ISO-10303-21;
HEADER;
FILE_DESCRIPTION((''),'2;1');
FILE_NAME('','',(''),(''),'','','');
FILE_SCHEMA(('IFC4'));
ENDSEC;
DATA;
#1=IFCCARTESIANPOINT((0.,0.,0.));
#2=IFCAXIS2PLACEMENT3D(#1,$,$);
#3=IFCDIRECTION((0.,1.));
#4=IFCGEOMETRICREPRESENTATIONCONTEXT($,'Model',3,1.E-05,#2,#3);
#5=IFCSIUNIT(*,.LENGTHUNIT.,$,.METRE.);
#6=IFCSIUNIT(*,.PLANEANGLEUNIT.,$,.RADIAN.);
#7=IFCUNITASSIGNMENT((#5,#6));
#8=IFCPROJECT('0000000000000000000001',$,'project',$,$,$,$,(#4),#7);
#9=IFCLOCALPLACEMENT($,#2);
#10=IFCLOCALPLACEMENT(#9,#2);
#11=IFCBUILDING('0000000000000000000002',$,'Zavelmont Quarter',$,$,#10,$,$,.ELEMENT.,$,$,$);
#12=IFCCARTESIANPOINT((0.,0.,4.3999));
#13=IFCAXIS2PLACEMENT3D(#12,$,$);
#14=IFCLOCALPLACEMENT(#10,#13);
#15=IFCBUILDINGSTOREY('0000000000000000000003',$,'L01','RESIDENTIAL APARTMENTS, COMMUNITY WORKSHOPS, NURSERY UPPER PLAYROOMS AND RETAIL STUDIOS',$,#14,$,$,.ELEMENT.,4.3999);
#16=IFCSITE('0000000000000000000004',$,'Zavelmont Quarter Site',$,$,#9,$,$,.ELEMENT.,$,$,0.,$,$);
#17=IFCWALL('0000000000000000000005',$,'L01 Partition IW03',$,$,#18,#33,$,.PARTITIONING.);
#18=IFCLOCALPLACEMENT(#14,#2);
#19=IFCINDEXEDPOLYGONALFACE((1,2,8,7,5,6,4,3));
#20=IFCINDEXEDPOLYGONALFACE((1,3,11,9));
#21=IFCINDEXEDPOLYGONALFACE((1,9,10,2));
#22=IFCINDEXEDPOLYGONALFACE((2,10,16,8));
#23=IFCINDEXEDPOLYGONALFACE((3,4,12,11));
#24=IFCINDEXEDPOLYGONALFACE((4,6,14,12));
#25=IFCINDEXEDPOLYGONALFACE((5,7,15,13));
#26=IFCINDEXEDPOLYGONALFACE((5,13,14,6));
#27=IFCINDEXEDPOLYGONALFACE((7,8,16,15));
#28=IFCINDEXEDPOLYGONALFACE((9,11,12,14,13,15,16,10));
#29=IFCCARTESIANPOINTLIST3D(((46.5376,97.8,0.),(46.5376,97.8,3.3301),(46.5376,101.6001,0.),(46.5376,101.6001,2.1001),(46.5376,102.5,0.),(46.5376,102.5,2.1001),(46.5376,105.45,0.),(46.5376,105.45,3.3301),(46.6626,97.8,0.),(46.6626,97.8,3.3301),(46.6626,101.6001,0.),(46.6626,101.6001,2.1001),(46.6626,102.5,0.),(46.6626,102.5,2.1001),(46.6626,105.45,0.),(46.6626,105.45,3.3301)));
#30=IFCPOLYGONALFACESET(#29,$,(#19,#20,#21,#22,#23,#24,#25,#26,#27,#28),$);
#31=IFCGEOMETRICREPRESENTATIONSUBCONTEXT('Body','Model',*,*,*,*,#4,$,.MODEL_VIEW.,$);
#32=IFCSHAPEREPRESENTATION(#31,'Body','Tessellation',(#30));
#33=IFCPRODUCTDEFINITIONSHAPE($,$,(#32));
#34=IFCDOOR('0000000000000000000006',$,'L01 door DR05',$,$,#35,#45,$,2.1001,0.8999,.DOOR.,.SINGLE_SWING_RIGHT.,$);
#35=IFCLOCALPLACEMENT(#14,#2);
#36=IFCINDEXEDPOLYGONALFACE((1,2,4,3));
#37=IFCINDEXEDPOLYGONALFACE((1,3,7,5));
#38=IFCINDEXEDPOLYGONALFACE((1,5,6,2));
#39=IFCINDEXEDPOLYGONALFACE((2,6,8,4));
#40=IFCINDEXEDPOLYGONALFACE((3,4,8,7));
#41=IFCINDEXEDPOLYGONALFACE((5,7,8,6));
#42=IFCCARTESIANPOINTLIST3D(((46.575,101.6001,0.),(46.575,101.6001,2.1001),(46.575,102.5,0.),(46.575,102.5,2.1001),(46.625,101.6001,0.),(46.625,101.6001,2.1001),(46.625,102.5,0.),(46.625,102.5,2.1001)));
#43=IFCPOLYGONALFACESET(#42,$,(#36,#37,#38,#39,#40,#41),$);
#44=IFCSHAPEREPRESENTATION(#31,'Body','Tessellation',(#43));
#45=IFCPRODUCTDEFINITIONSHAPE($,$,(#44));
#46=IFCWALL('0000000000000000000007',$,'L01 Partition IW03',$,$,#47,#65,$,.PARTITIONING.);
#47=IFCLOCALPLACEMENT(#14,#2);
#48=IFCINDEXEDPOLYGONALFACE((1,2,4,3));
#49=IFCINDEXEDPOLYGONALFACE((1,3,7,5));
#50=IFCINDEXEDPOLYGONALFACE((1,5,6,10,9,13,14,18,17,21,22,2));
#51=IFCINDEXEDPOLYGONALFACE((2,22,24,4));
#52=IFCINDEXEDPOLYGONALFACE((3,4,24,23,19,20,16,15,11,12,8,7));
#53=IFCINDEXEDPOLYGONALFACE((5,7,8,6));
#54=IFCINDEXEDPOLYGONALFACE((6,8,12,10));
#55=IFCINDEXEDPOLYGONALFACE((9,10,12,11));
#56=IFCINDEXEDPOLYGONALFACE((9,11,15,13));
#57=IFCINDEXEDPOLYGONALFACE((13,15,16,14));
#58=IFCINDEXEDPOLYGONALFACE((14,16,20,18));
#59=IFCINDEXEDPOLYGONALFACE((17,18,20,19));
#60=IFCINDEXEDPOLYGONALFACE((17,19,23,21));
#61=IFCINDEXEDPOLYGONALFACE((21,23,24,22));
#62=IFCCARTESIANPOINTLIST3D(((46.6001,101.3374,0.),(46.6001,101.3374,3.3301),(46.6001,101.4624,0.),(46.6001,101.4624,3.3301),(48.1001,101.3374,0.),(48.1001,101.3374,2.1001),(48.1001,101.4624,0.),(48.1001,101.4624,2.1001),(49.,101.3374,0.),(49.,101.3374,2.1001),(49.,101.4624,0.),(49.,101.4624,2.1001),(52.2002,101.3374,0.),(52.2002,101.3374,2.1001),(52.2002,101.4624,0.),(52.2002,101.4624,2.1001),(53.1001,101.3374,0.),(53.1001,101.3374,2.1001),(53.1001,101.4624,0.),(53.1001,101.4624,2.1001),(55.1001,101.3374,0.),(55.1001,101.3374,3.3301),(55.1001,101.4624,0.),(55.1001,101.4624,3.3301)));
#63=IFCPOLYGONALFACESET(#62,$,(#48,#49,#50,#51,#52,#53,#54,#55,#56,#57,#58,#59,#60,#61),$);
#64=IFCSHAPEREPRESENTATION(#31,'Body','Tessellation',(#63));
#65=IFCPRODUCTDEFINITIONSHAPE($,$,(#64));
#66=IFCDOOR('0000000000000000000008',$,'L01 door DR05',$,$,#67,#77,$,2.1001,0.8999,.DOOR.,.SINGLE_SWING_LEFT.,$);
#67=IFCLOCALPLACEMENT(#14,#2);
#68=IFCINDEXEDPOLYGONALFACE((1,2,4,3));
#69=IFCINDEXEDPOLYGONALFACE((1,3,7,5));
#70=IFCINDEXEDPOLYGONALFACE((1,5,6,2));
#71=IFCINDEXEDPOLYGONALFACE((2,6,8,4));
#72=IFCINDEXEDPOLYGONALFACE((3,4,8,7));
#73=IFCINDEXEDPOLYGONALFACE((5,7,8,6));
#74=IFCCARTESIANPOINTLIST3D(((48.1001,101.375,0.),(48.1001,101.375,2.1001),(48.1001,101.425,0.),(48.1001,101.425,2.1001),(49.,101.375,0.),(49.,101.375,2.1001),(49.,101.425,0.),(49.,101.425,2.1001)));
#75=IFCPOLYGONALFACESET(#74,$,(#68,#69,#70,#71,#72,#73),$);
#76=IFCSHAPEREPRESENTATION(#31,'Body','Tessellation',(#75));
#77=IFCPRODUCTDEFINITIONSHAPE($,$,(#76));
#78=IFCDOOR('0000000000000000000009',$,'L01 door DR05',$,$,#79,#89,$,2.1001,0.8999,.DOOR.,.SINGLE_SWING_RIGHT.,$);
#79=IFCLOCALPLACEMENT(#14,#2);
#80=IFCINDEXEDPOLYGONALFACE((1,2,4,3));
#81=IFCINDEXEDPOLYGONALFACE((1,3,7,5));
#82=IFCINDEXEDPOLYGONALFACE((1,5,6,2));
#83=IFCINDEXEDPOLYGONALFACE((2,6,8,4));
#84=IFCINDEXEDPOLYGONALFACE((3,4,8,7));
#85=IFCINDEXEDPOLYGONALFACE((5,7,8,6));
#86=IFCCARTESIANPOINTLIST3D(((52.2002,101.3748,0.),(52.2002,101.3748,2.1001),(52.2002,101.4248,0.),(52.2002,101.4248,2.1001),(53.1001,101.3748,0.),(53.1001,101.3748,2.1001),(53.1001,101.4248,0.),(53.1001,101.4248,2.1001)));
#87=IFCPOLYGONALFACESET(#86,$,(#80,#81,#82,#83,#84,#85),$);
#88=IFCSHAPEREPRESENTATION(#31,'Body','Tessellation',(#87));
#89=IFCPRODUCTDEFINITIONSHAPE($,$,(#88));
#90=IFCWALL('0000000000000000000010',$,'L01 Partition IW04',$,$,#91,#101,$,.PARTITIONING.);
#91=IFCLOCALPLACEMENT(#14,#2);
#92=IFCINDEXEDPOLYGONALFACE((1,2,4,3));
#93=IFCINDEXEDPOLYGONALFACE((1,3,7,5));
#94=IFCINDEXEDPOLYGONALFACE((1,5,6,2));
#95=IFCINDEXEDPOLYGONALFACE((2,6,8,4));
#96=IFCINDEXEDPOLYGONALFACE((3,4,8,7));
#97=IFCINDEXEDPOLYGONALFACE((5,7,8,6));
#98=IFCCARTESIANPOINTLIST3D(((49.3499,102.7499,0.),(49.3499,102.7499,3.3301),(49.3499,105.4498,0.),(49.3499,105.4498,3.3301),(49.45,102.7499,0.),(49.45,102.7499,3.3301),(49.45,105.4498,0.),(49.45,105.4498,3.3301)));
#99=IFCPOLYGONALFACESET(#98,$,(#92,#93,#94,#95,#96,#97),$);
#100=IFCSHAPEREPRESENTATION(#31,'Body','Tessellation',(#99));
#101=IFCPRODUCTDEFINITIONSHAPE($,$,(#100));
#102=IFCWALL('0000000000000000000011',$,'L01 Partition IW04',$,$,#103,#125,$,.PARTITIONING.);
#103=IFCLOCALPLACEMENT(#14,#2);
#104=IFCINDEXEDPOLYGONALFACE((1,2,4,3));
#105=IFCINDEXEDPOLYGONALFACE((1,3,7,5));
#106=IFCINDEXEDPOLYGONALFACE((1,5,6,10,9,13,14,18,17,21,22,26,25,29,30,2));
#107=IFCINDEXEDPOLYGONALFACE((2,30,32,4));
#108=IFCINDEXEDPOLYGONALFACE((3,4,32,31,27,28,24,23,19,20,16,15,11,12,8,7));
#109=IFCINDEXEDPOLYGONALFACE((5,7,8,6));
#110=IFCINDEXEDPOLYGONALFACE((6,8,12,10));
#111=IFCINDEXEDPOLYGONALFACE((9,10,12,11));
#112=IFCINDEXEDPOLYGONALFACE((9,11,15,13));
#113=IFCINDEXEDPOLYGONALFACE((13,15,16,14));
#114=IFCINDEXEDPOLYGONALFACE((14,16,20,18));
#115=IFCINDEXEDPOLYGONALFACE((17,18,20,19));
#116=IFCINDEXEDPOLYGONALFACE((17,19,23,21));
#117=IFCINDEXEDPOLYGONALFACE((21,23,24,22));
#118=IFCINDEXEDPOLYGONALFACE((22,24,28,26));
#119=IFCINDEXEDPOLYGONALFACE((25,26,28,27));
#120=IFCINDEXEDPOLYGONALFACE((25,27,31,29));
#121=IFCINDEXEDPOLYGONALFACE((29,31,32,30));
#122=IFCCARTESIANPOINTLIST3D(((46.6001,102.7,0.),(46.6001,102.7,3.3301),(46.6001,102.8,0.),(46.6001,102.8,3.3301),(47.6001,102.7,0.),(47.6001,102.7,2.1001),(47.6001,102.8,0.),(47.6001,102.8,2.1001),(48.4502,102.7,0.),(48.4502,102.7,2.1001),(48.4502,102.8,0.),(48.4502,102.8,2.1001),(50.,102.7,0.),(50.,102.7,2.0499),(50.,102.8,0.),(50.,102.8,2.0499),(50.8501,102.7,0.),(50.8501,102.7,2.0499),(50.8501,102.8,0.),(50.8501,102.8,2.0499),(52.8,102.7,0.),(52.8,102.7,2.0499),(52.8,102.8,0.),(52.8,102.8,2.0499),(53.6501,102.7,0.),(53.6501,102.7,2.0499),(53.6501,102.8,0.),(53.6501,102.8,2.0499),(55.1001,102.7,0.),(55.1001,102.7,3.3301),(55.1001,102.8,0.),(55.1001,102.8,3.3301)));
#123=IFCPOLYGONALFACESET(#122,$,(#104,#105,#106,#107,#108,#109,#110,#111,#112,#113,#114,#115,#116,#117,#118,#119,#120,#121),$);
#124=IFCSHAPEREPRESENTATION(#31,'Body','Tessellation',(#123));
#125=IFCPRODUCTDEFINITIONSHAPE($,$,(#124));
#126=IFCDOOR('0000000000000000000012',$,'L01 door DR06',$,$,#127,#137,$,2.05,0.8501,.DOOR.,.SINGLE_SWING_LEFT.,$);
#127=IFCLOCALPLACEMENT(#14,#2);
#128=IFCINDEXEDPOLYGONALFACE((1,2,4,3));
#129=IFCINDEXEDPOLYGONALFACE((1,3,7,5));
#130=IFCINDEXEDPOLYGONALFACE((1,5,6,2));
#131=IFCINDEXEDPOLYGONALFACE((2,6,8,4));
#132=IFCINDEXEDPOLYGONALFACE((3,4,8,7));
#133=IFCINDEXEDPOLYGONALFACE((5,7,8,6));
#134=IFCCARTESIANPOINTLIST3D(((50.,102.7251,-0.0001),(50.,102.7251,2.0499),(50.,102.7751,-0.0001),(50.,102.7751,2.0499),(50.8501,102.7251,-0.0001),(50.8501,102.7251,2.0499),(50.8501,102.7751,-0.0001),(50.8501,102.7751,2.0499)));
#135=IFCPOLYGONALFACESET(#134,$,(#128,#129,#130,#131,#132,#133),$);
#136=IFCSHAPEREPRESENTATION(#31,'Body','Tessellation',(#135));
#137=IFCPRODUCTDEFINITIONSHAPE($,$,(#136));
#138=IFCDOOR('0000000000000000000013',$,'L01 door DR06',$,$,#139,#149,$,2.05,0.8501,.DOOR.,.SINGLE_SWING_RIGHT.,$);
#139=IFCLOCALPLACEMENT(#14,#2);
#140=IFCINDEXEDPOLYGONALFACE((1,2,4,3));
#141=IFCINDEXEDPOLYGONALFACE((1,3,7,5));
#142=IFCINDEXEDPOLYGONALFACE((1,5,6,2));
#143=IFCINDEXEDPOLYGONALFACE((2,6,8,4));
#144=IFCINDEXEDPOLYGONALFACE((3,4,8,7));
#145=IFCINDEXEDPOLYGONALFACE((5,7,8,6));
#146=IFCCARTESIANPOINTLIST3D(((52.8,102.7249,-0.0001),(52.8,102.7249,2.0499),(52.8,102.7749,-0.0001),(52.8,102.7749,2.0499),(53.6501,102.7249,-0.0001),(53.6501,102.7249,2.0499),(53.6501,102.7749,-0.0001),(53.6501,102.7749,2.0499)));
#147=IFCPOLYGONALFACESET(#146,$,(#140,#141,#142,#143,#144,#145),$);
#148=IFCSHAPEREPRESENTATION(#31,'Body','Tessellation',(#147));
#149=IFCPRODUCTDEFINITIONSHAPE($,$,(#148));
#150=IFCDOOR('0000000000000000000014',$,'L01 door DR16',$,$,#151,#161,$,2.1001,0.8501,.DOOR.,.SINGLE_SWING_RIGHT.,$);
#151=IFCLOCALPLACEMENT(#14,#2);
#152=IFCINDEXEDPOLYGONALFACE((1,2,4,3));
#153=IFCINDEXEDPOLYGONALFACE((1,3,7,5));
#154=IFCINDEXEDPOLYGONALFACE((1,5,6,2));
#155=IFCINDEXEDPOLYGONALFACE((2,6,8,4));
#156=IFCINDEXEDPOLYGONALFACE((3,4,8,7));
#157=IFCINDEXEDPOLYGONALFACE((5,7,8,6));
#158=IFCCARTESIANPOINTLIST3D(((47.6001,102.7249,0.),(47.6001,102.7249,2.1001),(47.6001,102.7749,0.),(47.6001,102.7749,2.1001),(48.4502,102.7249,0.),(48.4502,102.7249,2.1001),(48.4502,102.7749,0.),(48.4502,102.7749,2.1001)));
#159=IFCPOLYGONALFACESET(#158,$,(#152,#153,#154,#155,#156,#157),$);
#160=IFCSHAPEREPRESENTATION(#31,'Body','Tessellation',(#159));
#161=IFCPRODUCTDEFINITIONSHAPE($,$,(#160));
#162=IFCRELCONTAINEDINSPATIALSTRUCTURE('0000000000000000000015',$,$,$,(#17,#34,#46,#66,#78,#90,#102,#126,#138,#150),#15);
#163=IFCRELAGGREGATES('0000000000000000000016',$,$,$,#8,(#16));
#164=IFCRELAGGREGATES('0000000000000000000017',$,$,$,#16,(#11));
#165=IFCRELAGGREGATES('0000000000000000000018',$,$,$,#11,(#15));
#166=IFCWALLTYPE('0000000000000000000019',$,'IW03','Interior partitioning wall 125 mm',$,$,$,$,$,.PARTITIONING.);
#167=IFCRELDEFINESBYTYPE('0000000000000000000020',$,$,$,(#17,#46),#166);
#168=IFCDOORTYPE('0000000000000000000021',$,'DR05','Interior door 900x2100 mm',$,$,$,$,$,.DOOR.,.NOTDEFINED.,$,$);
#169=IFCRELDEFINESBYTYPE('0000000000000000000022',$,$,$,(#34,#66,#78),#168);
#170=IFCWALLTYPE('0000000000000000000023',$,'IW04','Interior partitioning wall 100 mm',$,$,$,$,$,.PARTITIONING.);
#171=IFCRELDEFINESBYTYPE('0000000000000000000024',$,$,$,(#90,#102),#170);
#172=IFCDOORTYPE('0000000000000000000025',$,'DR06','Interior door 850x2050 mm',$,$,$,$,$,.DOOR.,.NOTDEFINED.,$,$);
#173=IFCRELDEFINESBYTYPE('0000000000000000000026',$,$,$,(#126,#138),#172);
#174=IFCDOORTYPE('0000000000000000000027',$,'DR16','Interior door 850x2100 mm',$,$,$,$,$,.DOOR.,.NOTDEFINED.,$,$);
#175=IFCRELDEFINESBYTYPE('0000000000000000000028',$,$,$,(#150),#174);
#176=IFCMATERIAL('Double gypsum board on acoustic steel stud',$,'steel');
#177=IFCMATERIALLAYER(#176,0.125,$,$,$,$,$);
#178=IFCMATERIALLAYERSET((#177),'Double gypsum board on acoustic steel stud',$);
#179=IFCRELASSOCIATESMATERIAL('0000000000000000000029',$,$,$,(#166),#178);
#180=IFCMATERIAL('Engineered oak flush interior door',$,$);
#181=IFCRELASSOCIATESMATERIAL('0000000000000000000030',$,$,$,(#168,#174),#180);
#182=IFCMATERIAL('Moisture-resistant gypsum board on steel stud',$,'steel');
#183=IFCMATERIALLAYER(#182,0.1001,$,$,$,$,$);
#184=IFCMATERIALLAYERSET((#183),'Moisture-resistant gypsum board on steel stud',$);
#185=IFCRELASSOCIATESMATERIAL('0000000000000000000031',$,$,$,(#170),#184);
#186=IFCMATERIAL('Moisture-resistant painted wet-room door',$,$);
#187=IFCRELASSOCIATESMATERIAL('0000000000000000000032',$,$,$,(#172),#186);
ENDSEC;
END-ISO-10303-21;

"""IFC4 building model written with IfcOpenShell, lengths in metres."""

from ifc_helpers import new_model, si_unit, direction, frame, frame_2d, origin, origin_with_axes, place, context, subcontext, project, spatial, rectangle, extrude, material, layer, layer_set, type_object, element, fill, save


model = new_model("IFC4")

# Units and contexts
model_context = context("Model", 3, precision=1e-05, world=origin(), true_north=direction((0.0, 1.0)))
body_context = subcontext(model_context, "Body", "Model", "MODEL_VIEW")
ifc_project = project(units=[si_unit("LENGTHUNIT", "METRE"), si_unit("PLANEANGLEUNIT", "RADIAN")], contexts=[model_context])

# Site, building, storey
site_placement = place(None, origin())
site = spatial("IfcSite", under=ifc_project, at=site_placement, Name="Zavelmont Quarter Site", CompositionType="ELEMENT", RefElevation=0.0)
building_placement = place(site_placement, origin())
building = spatial("IfcBuilding", under=site, at=building_placement, Name="Zavelmont Quarter", CompositionType="ELEMENT")
storey_placement = place(building_placement, frame((0.0, 0.0, 4.3999)))
storey = spatial("IfcBuildingStorey", under=building, at=storey_placement, Name="L01", Description="RESIDENTIAL APARTMENTS, COMMUNITY WORKSHOPS, NURSERY UPPER PLAYROOMS AND RETAIL STUDIOS", CompositionType="ELEMENT", Elevation=4.3999)

# Wall, opening, door
ifc_material_1 = material(Name="Double gypsum board on acoustic steel stud", Category="steel")
ifc_layer_1 = layer(ifc_material_1, 0.125)
ifc_layer_set_1 = layer_set([ifc_layer_1], Name="Double gypsum board on acoustic steel stud")
wall_type_1 = type_object("IfcWallType", Name="IW03", Description="Interior partitioning wall 125 mm", PredefinedType="PARTITIONING", material=ifc_layer_set_1)
wall_1_placement = place(storey_placement, frame((46.6001, 105.45, 0.0), z_axis=(0.0, 0.0, 1.0), x_axis=(0.0, -1.0, 0.0)))
wall_1 = element("IfcWall", 1, at=wall_1_placement, inside=storey, type_object=wall_type_1, Name="L01 Partition IW03", PredefinedType="PARTITIONING", context=body_context, shape_type="SweptSolid", body=[
    extrude(rectangle(XDim=7.6499, YDim=0.125, at=frame_2d((3.825, 0.0))), origin(), (0.0, 0.0, 1.0), 3.3301),
])
opening_1_placement = place(wall_1_placement, frame((2.95, 0.0, 0.0)))
opening_1 = element("IfcOpeningElement", 2, at=opening_1_placement, cuts=wall_1, PredefinedType="OPENING", context=body_context, shape_type="SweptSolid", body=[
    extrude(rectangle(XDim=0.8999, YDim=2.1001, at=frame_2d((0.45, 1.05))), frame((0.0, 0.0745, 0.0), z_axis=(0.0, -1.0, 0.0), x_axis=(1.0, 0.0, 0.0)), (0.0, 0.0, 1.0), 0.1489),
])
ifc_material_2 = material(Name="Engineered oak flush interior door")
door_type_1 = type_object("IfcDoorType", Name="DR05", Description="Interior door 900x2100 mm", OperationType="NOTDEFINED", PredefinedType="DOOR", material=ifc_material_2)
door_1_placement = place(opening_1_placement, origin_with_axes())
door_1 = element("IfcDoor", 3, at=door_1_placement, inside=storey, type_object=door_type_1, Name="L01 door DR05", OperationType="SINGLE_SWING_RIGHT", OverallHeight=2.1001, OverallWidth=0.8999, PredefinedType="DOOR", context=body_context, shape_type="SweptSolid", body=[
    extrude(rectangle(XDim=0.8999, YDim=2.1001, at=frame_2d((0.45, 1.05))), frame((0.0, 0.0249, 0.0), z_axis=(0.0, -1.0, 0.0), x_axis=(1.0, 0.0, 0.0)), (0.0, 0.0, 1.0), 0.05),
])
fill(opening_1, door_1)

# Wall, openings, doors
wall_2_placement = place(storey_placement, frame((46.6001, 101.3999, 0.0), z_axis=(0.0, 0.0, 1.0), x_axis=(1.0, 0.0, 0.0)))
wall_2 = element("IfcWall", 4, at=wall_2_placement, inside=storey, type_object=wall_type_1, Name="L01 Partition IW03", PredefinedType="PARTITIONING", context=body_context, shape_type="SweptSolid", body=[
    extrude(rectangle(XDim=8.5, YDim=0.125, at=frame_2d((4.25, 0.0))), origin(), (0.0, 0.0, 1.0), 3.3301),
])
opening_2_placement = place(wall_2_placement, frame((1.5, 0.0, 0.0)))
opening_2 = element("IfcOpeningElement", 5, at=opening_2_placement, cuts=wall_2, PredefinedType="OPENING", context=body_context, shape_type="SweptSolid", body=[
    extrude(rectangle(XDim=0.8999, YDim=2.1001, at=frame_2d((0.45, 1.05))), frame((0.0, 0.0745, 0.0), z_axis=(0.0, -1.0, 0.0), x_axis=(1.0, 0.0, 0.0)), (0.0, 0.0, 1.0), 0.1489),
])
opening_3_placement = place(wall_2_placement, frame((5.6001, 0.0, 0.0)))
opening_3 = element("IfcOpeningElement", 6, at=opening_3_placement, cuts=wall_2, PredefinedType="OPENING", context=body_context, shape_type="SweptSolid", body=[
    extrude(rectangle(XDim=0.8999, YDim=2.1001, at=frame_2d((0.45, 1.05))), frame((0.0, 0.0745, 0.0), z_axis=(0.0, -1.0, 0.0), x_axis=(1.0, 0.0, 0.0)), (0.0, 0.0, 1.0), 0.1489),
])
door_2_placement = place(opening_2_placement, frame((0.8999, 0.0, 0.0), z_axis=(0.0, 0.0, 1.0), x_axis=(-1.0, 0.0, 0.0)))
door_2 = element("IfcDoor", 7, at=door_2_placement, inside=storey, type_object=door_type_1, Name="L01 door DR05", OperationType="SINGLE_SWING_LEFT", OverallHeight=2.1001, OverallWidth=0.8999, PredefinedType="DOOR", context=body_context, shape_type="SweptSolid", body=[
    extrude(rectangle(XDim=0.8999, YDim=2.1001, at=frame_2d((0.45, 1.05))), frame((0.0, 0.0249, 0.0), z_axis=(0.0, -1.0, 0.0), x_axis=(1.0, 0.0, 0.0)), (0.0, 0.0, 1.0), 0.05),
])
fill(opening_2, door_2)
door_3_placement = place(opening_3_placement, origin_with_axes())
door_3 = element("IfcDoor", 8, at=door_3_placement, inside=storey, type_object=door_type_1, Name="L01 door DR05", OperationType="SINGLE_SWING_RIGHT", OverallHeight=2.1001, OverallWidth=0.8999, PredefinedType="DOOR", context=body_context, shape_type="SweptSolid", body=[
    extrude(rectangle(XDim=0.8999, YDim=2.1001, at=frame_2d((0.45, 1.05))), frame((0.0, 0.0249, 0.0), z_axis=(0.0, -1.0, 0.0), x_axis=(1.0, 0.0, 0.0)), (0.0, 0.0, 1.0), 0.05),
])
fill(opening_3, door_3)

# Wall
ifc_material_3 = material(Name="Moisture-resistant gypsum board on steel stud", Category="steel")
ifc_layer_2 = layer(ifc_material_3, 0.1001)
ifc_layer_set_2 = layer_set([ifc_layer_2], Name="Moisture-resistant gypsum board on steel stud")
wall_type_2 = type_object("IfcWallType", Name="IW04", Description="Interior partitioning wall 100 mm", PredefinedType="PARTITIONING", material=ifc_layer_set_2)
wall_3_placement = place(storey_placement, frame((49.3999, 105.45, 0.0), z_axis=(0.0, 0.0, 1.0), x_axis=(0.0, -1.0, 0.0)))
element("IfcWall", 9, at=wall_3_placement, inside=storey, type_object=wall_type_2, Name="L01 Partition IW04", PredefinedType="PARTITIONING", context=body_context, shape_type="SweptSolid", body=[
    extrude(rectangle(XDim=2.7, YDim=0.1001, at=frame_2d((1.3501, 0.0))), origin(), (0.0, 0.0, 1.0), 3.3301),
])

# Wall, openings, doors
wall_4_placement = place(storey_placement, frame((46.6001, 102.75, 0.0), z_axis=(0.0, 0.0, 1.0), x_axis=(1.0, 0.0, 0.0)))
wall_4 = element("IfcWall", 10, at=wall_4_placement, inside=storey, type_object=wall_type_2, Name="L01 Partition IW04", PredefinedType="PARTITIONING", context=body_context, shape_type="SweptSolid", body=[
    extrude(rectangle(XDim=8.5, YDim=0.1001, at=frame_2d((4.25, 0.0))), origin(), (0.0, 0.0, 1.0), 3.3301),
])
opening_4_placement = place(wall_4_placement, frame((1.0, 0.0, 0.0)))
opening_4 = element("IfcOpeningElement", 11, at=opening_4_placement, cuts=wall_4, PredefinedType="OPENING", context=body_context, shape_type="SweptSolid", body=[
    extrude(rectangle(XDim=0.8501, YDim=2.1001, at=frame_2d((0.425, 1.05))), frame((0.0, 0.062, 0.0), z_axis=(0.0, -1.0, 0.0), x_axis=(1.0, 0.0, 0.0)), (0.0, 0.0, 1.0), 0.124),
])
opening_5_placement = place(wall_4_placement, frame((3.3999, 0.0, 0.0)))
opening_5 = element("IfcOpeningElement", 12, at=opening_5_placement, cuts=wall_4, PredefinedType="OPENING", context=body_context, shape_type="SweptSolid", body=[
    extrude(rectangle(XDim=0.8501, YDim=2.05, at=frame_2d((0.425, 1.0249))), frame((0.0, 0.062, 0.0), z_axis=(0.0, -1.0, 0.0), x_axis=(1.0, 0.0, 0.0)), (0.0, 0.0, 1.0), 0.124),
])
opening_6_placement = place(wall_4_placement, frame((6.2, 0.0, 0.0)))
opening_6 = element("IfcOpeningElement", 13, at=opening_6_placement, cuts=wall_4, PredefinedType="OPENING", context=body_context, shape_type="SweptSolid", body=[
    extrude(rectangle(XDim=0.8501, YDim=2.05, at=frame_2d((0.425, 1.0249))), frame((0.0, 0.062, 0.0), z_axis=(0.0, -1.0, 0.0), x_axis=(1.0, 0.0, 0.0)), (0.0, 0.0, 1.0), 0.124),
])
ifc_material_4 = material(Name="Moisture-resistant painted wet-room door")
door_type_2 = type_object("IfcDoorType", Name="DR06", Description="Interior door 850x2050 mm", OperationType="NOTDEFINED", PredefinedType="DOOR", material=ifc_material_4)
door_4_placement = place(opening_5_placement, frame((0.8501, 0.0, 0.0), z_axis=(0.0, 0.0, 1.0), x_axis=(-1.0, 0.0, 0.0)))
door_4 = element("IfcDoor", 14, at=door_4_placement, inside=storey, type_object=door_type_2, Name="L01 door DR06", OperationType="SINGLE_SWING_LEFT", OverallHeight=2.05, OverallWidth=0.8501, PredefinedType="DOOR", context=body_context, shape_type="SweptSolid", body=[
    extrude(rectangle(XDim=0.8501, YDim=2.05, at=frame_2d((0.425, 1.0249))), frame((0.0, 0.0249, 0.0), z_axis=(0.0, -1.0, 0.0), x_axis=(1.0, 0.0, 0.0)), (0.0, 0.0, 1.0), 0.05),
])
fill(opening_5, door_4)
door_5_placement = place(opening_6_placement, origin_with_axes())
door_5 = element("IfcDoor", 15, at=door_5_placement, inside=storey, type_object=door_type_2, Name="L01 door DR06", OperationType="SINGLE_SWING_RIGHT", OverallHeight=2.05, OverallWidth=0.8501, PredefinedType="DOOR", context=body_context, shape_type="SweptSolid", body=[
    extrude(rectangle(XDim=0.8501, YDim=2.05, at=frame_2d((0.425, 1.0249))), frame((0.0, 0.0249, 0.0), z_axis=(0.0, -1.0, 0.0), x_axis=(1.0, 0.0, 0.0)), (0.0, 0.0, 1.0), 0.05),
])
fill(opening_6, door_5)
door_type_3 = type_object("IfcDoorType", Name="DR16", Description="Interior door 850x2100 mm", OperationType="NOTDEFINED", PredefinedType="DOOR", material=ifc_material_2)
door_6_placement = place(opening_4_placement, origin_with_axes())
door_6 = element("IfcDoor", 16, at=door_6_placement, inside=storey, type_object=door_type_3, Name="L01 door DR16", OperationType="SINGLE_SWING_RIGHT", OverallHeight=2.1001, OverallWidth=0.8501, PredefinedType="DOOR", context=body_context, shape_type="SweptSolid", body=[
    extrude(rectangle(XDim=0.8501, YDim=2.1001, at=frame_2d((0.425, 1.05))), frame((0.0, 0.0249, 0.0), z_axis=(0.0, -1.0, 0.0), x_axis=(1.0, 0.0, 0.0)), (0.0, 0.0, 1.0), 0.05),
])
fill(opening_4, door_6)

save(model, "model.ifc")
